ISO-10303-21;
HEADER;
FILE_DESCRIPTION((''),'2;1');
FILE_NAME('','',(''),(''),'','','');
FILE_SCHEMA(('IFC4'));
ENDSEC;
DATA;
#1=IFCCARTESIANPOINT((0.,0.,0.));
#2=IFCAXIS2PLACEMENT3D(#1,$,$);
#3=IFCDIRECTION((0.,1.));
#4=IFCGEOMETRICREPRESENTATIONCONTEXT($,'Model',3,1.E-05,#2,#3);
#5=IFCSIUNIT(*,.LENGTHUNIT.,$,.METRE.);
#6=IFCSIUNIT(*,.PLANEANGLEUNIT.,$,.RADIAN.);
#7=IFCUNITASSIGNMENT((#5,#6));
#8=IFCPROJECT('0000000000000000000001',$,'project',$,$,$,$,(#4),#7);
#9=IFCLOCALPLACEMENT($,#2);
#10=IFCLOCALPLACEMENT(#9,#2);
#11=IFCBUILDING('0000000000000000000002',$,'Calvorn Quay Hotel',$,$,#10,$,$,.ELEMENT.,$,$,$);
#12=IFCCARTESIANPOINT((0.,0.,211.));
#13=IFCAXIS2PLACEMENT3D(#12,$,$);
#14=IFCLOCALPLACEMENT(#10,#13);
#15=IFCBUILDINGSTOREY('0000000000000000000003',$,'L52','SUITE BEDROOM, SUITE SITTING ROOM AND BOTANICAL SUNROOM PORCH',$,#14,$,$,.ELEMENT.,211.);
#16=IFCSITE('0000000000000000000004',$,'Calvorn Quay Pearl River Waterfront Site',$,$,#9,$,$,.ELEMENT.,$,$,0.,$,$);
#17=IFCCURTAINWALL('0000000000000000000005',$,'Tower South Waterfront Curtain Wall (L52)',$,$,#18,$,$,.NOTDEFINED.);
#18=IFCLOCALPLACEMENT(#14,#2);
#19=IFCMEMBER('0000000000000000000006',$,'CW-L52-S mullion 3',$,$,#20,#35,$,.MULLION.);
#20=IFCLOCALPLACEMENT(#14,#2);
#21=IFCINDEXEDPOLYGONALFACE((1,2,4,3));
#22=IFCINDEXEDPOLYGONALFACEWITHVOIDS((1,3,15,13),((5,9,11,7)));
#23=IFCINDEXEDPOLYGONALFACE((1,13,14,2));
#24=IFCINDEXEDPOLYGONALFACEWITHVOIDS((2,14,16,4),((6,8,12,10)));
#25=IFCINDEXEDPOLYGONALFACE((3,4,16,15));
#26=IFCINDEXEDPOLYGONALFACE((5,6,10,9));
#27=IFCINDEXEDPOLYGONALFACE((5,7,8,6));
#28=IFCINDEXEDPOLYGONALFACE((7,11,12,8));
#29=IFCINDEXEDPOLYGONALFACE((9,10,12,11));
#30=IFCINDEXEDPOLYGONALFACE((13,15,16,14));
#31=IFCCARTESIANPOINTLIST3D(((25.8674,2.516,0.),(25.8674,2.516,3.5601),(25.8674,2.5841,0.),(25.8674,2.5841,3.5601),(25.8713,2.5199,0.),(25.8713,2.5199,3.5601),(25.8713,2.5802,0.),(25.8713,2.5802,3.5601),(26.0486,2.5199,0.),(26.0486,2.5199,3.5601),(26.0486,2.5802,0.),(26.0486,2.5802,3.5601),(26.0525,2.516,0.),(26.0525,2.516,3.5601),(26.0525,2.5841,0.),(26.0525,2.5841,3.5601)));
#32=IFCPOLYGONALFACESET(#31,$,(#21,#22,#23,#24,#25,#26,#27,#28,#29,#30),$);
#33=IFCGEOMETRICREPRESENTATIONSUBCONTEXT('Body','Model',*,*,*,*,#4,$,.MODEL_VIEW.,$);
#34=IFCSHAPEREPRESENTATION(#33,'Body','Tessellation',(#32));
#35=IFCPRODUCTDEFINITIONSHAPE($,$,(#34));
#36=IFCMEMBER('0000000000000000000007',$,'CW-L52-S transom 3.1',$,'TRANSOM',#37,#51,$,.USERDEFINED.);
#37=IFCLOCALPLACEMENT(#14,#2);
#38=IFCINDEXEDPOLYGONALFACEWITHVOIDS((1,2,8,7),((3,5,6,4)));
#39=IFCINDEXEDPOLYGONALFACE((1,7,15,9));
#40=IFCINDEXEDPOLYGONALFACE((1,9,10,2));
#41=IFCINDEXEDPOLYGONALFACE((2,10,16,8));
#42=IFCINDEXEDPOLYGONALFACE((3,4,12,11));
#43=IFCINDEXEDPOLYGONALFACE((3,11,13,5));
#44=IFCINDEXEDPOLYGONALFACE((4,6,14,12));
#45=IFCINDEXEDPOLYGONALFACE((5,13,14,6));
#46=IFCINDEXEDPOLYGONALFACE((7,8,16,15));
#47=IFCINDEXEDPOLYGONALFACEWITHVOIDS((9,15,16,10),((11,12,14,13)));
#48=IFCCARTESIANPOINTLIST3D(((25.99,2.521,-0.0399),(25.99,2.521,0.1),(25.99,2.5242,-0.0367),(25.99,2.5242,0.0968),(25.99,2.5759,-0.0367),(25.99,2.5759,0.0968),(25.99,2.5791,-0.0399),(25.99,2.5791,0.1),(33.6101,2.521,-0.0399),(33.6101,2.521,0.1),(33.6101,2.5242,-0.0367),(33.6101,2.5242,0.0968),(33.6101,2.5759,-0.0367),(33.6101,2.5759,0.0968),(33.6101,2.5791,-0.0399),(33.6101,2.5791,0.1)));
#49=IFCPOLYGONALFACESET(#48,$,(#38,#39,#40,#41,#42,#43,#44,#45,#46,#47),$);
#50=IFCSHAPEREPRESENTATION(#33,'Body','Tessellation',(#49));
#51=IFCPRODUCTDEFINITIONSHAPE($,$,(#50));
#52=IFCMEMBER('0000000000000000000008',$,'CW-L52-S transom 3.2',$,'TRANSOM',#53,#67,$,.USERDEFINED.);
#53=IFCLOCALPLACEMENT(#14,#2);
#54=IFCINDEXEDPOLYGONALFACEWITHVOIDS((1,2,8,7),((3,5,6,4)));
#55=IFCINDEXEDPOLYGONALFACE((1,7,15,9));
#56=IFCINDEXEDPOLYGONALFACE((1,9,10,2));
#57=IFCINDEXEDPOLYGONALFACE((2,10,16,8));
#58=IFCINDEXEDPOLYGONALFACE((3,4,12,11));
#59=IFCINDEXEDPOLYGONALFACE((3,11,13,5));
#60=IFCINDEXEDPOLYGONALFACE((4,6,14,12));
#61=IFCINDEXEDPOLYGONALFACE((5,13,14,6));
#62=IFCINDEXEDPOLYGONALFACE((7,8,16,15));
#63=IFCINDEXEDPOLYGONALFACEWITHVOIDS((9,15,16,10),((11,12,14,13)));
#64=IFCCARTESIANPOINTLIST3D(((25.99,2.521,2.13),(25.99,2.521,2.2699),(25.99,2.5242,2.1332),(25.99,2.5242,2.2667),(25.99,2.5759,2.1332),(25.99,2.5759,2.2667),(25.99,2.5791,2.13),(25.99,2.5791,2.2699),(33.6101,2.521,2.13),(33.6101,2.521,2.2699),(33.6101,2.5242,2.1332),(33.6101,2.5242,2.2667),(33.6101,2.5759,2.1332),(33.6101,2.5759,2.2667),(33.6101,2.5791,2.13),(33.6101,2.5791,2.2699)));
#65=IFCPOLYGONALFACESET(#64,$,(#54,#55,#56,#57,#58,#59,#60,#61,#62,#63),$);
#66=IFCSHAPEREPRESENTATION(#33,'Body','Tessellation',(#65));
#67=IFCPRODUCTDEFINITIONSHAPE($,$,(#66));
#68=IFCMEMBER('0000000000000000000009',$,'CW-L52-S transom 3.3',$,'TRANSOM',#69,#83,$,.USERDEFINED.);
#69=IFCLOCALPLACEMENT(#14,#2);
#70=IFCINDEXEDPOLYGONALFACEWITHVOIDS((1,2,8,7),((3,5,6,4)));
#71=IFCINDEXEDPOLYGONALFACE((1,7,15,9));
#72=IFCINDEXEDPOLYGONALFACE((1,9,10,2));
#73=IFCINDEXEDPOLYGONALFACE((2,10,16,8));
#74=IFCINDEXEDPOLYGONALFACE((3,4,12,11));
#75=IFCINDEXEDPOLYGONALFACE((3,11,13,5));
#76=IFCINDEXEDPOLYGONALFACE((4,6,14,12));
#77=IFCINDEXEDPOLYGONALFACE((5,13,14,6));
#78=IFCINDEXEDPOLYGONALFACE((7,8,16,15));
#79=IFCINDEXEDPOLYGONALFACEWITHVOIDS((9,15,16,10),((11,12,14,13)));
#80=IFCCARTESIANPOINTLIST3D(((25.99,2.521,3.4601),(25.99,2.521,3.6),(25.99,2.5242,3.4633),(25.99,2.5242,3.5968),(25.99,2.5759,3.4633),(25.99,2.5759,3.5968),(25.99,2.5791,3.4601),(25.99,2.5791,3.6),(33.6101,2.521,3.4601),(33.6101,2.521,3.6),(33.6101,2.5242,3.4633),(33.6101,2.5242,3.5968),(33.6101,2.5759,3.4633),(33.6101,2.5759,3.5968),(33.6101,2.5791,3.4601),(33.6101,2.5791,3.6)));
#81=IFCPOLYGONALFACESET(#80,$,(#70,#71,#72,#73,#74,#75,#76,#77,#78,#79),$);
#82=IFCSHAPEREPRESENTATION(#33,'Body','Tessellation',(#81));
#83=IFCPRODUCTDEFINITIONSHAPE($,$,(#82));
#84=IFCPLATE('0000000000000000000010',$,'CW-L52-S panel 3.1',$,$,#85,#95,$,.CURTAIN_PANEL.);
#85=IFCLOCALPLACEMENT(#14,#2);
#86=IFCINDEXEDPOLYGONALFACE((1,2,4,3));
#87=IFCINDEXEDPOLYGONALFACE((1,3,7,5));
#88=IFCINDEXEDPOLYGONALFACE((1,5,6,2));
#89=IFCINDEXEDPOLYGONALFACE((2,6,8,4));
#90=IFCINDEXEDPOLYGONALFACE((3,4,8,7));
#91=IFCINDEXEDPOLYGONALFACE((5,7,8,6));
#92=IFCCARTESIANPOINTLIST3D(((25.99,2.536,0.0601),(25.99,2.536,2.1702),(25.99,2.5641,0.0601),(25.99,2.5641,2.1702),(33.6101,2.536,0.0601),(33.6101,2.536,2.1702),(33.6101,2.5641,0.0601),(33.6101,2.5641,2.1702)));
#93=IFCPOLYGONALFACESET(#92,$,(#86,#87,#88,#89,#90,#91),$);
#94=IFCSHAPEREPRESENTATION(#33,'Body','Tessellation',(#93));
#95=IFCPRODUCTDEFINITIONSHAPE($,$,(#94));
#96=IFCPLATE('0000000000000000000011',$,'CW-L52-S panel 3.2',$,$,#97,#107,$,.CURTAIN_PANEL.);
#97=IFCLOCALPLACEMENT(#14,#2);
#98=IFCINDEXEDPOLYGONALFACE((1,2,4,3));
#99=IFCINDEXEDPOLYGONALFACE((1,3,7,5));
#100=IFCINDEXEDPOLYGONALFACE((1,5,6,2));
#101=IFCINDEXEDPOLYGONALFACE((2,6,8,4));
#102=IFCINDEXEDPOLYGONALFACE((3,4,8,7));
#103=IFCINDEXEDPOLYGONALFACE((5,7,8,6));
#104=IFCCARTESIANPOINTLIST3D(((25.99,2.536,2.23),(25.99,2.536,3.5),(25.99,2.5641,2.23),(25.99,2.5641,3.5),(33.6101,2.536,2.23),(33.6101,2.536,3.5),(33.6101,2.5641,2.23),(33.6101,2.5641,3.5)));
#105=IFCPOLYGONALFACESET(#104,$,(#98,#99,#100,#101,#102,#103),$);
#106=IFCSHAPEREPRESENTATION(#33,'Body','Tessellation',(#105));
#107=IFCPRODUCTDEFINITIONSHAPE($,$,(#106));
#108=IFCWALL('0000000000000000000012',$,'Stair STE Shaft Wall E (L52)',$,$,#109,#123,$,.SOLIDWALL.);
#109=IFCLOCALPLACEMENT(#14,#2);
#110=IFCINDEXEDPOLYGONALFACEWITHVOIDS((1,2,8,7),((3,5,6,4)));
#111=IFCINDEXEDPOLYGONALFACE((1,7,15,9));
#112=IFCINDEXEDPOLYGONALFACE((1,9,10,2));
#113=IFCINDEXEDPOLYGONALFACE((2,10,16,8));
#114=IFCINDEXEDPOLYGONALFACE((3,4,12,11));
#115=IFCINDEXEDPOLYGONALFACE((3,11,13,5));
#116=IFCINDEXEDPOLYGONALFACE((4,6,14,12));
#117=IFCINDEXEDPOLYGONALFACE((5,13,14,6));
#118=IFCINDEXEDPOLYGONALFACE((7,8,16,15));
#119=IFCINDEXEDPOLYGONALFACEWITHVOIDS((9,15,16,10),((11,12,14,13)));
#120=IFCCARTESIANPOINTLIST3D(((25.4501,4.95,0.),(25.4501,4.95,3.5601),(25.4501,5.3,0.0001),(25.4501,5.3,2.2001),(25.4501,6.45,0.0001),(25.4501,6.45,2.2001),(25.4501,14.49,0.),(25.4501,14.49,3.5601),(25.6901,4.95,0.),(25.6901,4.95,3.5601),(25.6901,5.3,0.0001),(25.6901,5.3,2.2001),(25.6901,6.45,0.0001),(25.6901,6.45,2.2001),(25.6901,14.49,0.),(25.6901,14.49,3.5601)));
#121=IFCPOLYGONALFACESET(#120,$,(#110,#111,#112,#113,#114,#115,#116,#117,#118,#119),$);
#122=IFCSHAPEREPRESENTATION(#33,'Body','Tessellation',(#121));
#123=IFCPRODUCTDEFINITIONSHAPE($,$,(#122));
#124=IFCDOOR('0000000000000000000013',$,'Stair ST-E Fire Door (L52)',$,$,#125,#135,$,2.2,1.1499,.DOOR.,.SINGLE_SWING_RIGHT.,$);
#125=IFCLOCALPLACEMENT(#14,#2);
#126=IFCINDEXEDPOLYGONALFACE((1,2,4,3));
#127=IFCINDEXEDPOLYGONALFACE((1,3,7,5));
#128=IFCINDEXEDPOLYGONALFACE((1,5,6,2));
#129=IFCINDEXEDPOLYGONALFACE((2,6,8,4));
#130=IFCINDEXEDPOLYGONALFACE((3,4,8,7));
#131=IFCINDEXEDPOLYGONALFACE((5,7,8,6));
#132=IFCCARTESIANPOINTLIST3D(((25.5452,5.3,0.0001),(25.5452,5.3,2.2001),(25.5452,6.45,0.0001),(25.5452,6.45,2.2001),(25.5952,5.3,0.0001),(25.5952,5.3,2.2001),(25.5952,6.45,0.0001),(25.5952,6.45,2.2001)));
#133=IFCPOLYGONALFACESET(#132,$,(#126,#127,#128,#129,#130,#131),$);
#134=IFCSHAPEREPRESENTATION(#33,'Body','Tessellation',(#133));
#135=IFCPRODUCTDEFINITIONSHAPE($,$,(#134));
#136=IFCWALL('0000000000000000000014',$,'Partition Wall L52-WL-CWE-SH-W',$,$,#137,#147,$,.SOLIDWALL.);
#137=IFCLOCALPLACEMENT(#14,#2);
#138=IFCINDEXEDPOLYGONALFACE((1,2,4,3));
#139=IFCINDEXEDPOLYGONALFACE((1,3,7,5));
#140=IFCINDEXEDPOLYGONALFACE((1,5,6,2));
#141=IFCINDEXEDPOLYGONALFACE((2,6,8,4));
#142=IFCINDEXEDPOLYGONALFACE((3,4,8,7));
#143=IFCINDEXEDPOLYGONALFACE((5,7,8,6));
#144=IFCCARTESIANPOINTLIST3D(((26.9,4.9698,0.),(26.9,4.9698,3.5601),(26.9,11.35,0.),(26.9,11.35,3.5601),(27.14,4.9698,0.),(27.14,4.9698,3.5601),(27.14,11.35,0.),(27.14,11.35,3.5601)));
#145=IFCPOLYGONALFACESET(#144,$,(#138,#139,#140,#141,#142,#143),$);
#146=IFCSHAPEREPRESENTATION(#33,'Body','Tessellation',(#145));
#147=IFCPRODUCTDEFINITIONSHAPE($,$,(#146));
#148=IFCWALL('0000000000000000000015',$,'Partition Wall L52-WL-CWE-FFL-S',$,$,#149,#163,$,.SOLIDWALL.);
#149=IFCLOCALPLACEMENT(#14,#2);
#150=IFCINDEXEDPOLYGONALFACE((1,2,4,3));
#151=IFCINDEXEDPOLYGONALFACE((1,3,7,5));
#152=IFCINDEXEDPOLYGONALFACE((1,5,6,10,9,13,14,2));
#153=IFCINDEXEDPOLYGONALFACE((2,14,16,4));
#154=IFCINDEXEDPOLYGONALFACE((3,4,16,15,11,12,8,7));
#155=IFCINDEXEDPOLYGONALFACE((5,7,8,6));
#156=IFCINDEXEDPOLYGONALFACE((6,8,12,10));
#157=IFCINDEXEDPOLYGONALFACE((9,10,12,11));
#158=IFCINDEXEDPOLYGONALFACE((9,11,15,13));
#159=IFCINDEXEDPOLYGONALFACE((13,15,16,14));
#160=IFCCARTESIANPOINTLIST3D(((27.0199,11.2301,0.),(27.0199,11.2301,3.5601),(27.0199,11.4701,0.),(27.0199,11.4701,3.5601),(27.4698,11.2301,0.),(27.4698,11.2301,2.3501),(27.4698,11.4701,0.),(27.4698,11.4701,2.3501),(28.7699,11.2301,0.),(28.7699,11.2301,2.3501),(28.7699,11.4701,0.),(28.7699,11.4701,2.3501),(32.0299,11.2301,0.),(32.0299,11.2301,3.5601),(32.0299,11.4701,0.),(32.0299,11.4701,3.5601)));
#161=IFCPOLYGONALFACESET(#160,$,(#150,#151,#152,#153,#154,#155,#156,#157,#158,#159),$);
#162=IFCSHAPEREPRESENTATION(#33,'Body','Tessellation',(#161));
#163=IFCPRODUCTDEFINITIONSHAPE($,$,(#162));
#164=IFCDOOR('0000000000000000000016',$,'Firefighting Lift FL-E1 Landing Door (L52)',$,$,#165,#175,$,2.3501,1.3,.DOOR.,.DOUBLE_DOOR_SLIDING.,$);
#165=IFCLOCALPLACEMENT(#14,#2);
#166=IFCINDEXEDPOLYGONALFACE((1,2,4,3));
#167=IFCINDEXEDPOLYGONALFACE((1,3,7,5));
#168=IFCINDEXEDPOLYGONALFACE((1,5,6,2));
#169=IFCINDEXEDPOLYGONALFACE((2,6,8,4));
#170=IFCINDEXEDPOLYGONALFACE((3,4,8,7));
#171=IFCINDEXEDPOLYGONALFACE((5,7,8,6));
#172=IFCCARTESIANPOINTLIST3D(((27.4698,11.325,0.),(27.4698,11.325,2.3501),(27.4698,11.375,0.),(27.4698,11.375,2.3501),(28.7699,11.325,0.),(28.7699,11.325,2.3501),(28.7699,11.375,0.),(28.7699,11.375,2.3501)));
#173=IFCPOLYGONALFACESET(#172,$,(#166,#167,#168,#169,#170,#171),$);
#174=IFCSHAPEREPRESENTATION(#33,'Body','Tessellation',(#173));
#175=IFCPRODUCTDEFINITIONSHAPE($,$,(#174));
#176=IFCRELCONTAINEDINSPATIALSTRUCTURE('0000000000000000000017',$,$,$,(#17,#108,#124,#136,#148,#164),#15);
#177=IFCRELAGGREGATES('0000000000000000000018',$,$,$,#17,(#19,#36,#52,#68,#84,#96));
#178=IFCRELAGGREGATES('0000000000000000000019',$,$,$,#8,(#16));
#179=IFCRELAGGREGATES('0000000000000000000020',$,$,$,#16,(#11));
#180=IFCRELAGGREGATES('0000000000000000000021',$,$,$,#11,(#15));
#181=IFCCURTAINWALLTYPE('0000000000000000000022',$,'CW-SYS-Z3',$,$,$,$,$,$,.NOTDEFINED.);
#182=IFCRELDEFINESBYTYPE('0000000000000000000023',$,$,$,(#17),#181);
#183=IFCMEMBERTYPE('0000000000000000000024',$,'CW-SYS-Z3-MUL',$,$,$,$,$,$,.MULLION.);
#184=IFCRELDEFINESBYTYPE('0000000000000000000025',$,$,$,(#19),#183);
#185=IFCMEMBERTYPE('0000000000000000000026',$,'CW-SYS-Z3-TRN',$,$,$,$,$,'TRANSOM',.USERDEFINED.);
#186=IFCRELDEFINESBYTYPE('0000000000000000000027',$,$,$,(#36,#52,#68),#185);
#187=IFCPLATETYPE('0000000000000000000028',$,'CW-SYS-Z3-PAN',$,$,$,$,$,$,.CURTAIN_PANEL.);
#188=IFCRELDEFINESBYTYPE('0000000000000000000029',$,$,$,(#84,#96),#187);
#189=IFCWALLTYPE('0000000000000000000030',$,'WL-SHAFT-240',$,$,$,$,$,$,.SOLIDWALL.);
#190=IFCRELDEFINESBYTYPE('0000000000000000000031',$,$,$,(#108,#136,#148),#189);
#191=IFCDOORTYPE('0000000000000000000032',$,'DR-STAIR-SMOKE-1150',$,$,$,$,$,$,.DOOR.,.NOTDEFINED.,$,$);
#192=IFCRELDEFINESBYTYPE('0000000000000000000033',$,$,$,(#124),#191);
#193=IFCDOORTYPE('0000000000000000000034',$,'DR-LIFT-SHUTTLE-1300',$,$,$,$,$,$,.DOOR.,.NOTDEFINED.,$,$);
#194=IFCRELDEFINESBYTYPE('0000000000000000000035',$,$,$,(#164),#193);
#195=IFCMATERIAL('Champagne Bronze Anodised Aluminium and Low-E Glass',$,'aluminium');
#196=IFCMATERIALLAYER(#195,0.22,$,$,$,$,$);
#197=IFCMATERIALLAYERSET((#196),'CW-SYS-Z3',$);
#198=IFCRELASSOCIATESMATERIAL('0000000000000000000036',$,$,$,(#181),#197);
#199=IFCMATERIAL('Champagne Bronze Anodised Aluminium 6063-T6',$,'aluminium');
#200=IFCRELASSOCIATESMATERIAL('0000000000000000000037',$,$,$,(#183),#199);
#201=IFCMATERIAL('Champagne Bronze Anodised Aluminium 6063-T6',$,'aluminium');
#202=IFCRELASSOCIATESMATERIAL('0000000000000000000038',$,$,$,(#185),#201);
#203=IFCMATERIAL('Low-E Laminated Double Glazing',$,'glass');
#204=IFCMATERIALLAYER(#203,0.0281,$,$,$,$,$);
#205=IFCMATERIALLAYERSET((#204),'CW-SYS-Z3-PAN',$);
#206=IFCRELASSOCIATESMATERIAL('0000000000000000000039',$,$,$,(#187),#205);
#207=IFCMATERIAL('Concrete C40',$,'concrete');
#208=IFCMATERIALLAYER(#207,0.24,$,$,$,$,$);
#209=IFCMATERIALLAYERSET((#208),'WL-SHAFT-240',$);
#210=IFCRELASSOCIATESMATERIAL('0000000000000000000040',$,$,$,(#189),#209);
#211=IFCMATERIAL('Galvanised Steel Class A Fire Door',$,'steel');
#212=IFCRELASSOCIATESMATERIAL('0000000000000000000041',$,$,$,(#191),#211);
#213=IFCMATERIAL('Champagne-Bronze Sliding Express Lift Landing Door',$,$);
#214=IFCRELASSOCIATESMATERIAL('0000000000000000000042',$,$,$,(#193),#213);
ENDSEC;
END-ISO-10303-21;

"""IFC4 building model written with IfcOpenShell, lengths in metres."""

from ifc_helpers import new_model, si_unit, direction, frame, frame_2d, origin, origin_2d, place, context, subcontext, project, spatial, rectangle, hollow_rectangle, extrude, material, layer, layer_set, material_profile, profile_set, type_object, element, fill, aggregate, save


model = new_model("IFC4")

# Units and contexts
model_context = context("Model", 3, precision=1e-05, world=origin(), true_north=direction((0.0, 1.0)))
body_context = subcontext(model_context, "Body", "Model", "MODEL_VIEW")
ifc_project = project(units=[si_unit("LENGTHUNIT", "METRE"), si_unit("PLANEANGLEUNIT", "RADIAN")], contexts=[model_context])

# Site, building, storey
site_placement = place(None, origin())
site = spatial("IfcSite", under=ifc_project, at=site_placement, Name="Calvorn Quay Pearl River Waterfront Site", CompositionType="ELEMENT", RefElevation=0.0)
building_placement = place(site_placement, origin())
building = spatial("IfcBuilding", under=site, at=building_placement, Name="Calvorn Quay Hotel", CompositionType="ELEMENT")
storey_placement = place(building_placement, frame((0.0, 0.0, 211.0)))
storey = spatial("IfcBuildingStorey", under=building, at=storey_placement, Name="L52", Description="SUITE BEDROOM, SUITE SITTING ROOM AND BOTANICAL SUNROOM PORCH", CompositionType="ELEMENT", Elevation=211.0)

# Curtain wall, members, plates
ifc_material_1 = material(Name="Champagne Bronze Anodised Aluminium and Low-E Glass", Category="aluminium")
ifc_layer_1 = layer(ifc_material_1, 0.22)
ifc_layer_set_1 = layer_set([ifc_layer_1], Name="CW-SYS-Z3")
curtain_wall_type = type_object("IfcCurtainWallType", Name="CW-SYS-Z3", PredefinedType="NOTDEFINED", material=ifc_layer_set_1)
curtain_wall_placement = place(storey_placement, origin())
curtain_wall = element("IfcCurtainWall", 1, at=curtain_wall_placement, inside=storey, type_object=curtain_wall_type, Name="Tower South Waterfront Curtain Wall (L52)", PredefinedType="NOTDEFINED")
ifc_material_2 = material(Name="Champagne Bronze Anodised Aluminium 6063-T6", Category="aluminium")
ifc_material_profile_1 = material_profile(ifc_material_2, hollow_rectangle(XDim=0.0681, YDim=0.1851, WallThickness=0.0039, at=origin_2d()), Name="ALU-M185x68x4")
ifc_profile_set_1 = profile_set([ifc_material_profile_1], Name="Champagne Bronze Anodised Aluminium 6063-T6")
member_type_1 = type_object("IfcMemberType", Name="CW-SYS-Z3-MUL", PredefinedType="MULLION", material=ifc_profile_set_1)
member_1_placement = place(storey_placement, frame((25.96, 2.55, 0.0), z_axis=(0.0, 0.0, 1.0), x_axis=(0.0, 1.0, 0.0)))
member_1 = element("IfcMember", 2, at=member_1_placement, type_object=member_type_1, Name="CW-L52-S mullion 3", PredefinedType="MULLION", context=body_context, shape_type="SweptSolid", body=[
    extrude(hollow_rectangle(XDim=0.0681, YDim=0.1851, WallThickness=0.0039, at=origin_2d()), origin(), (0.0, 0.0, 1.0), 3.5601),
])
ifc_material_3 = material(Name="Champagne Bronze Anodised Aluminium 6063-T6", Category="aluminium")
ifc_material_profile_2 = material_profile(ifc_material_3, hollow_rectangle(XDim=0.0581, YDim=0.1399, WallThickness=0.0032, at=origin_2d()), Name="ALU-T140x58x3.2")
ifc_profile_set_2 = profile_set([ifc_material_profile_2], Name="Champagne Bronze Anodised Aluminium 6063-T6")
member_type_2 = type_object("IfcMemberType", Name="CW-SYS-Z3-TRN", ElementType="TRANSOM", PredefinedType="USERDEFINED", material=ifc_profile_set_2)
member_2_placement = place(storey_placement, frame((25.99, 2.55, 0.03), z_axis=(1.0, 0.0, 0.0), x_axis=(0.0, 1.0, 0.0)))
member_2 = element("IfcMember", 3, at=member_2_placement, type_object=member_type_2, Name="CW-L52-S transom 3.1", ObjectType="TRANSOM", PredefinedType="USERDEFINED", context=body_context, shape_type="SweptSolid", body=[
    extrude(hollow_rectangle(XDim=0.0581, YDim=0.1399, WallThickness=0.0032, at=origin_2d()), origin(), (0.0, 0.0, 1.0), 7.6201),
])
member_3_placement = place(storey_placement, frame((25.99, 2.55, 2.2), z_axis=(1.0, 0.0, 0.0), x_axis=(0.0, 1.0, 0.0)))
member_3 = element("IfcMember", 4, at=member_3_placement, type_object=member_type_2, Name="CW-L52-S transom 3.2", ObjectType="TRANSOM", PredefinedType="USERDEFINED", context=body_context, shape_type="SweptSolid", body=[
    extrude(hollow_rectangle(XDim=0.0581, YDim=0.1399, WallThickness=0.0032, at=origin_2d()), origin(), (0.0, 0.0, 1.0), 7.6201),
])
member_4_placement = place(storey_placement, frame((25.99, 2.55, 3.53), z_axis=(1.0, 0.0, 0.0), x_axis=(0.0, 1.0, 0.0)))
member_4 = element("IfcMember", 5, at=member_4_placement, type_object=member_type_2, Name="CW-L52-S transom 3.3", ObjectType="TRANSOM", PredefinedType="USERDEFINED", context=body_context, shape_type="SweptSolid", body=[
    extrude(hollow_rectangle(XDim=0.0581, YDim=0.1399, WallThickness=0.0032, at=origin_2d()), origin(), (0.0, 0.0, 1.0), 7.6201),
])
ifc_material_4 = material(Name="Low-E Laminated Double Glazing", Category="glass")
ifc_layer_2 = layer(ifc_material_4, 0.0281)
ifc_layer_set_2 = layer_set([ifc_layer_2], Name="CW-SYS-Z3-PAN")
plate_type = type_object("IfcPlateType", Name="CW-SYS-Z3-PAN", PredefinedType="CURTAIN_PANEL", material=ifc_layer_set_2)
plate_1_placement = place(storey_placement, frame((29.8, 2.55, 0.0601), z_axis=(0.0, 0.0, 1.0), x_axis=(1.0, 0.0, 0.0)))
plate_1 = element("IfcPlate", 6, at=plate_1_placement, type_object=plate_type, Name="CW-L52-S panel 3.1", PredefinedType="CURTAIN_PANEL", context=body_context, shape_type="SweptSolid", body=[
    extrude(rectangle(XDim=7.6201, YDim=0.0281, at=origin_2d()), origin(), (0.0, 0.0, 1.0), 2.1101),
])
plate_2_placement = place(storey_placement, frame((29.8, 2.55, 2.23), z_axis=(0.0, 0.0, 1.0), x_axis=(1.0, 0.0, 0.0)))
plate_2 = element("IfcPlate", 7, at=plate_2_placement, type_object=plate_type, Name="CW-L52-S panel 3.2", PredefinedType="CURTAIN_PANEL", context=body_context, shape_type="SweptSolid", body=[
    extrude(rectangle(XDim=7.6201, YDim=0.0281, at=origin_2d()), origin(), (0.0, 0.0, 1.0), 1.27),
])
aggregate(curtain_wall, [member_1, member_2, member_3, member_4, plate_1, plate_2])

# Wall, opening, door
ifc_material_5 = material(Name="Concrete C40", Category="concrete")
ifc_layer_3 = layer(ifc_material_5, 0.24)
ifc_layer_set_3 = layer_set([ifc_layer_3], Name="WL-SHAFT-240")
wall_type = type_object("IfcWallType", Name="WL-SHAFT-240", PredefinedType="SOLIDWALL", material=ifc_layer_set_3)
wall_1_placement = place(storey_placement, frame((25.5701, 4.95, 0.0), z_axis=(0.0, 0.0, 1.0), x_axis=(0.0, 1.0, 0.0)))
wall_1 = element("IfcWall", 8, at=wall_1_placement, inside=storey, type_object=wall_type, Name="Stair STE Shaft Wall E (L52)", PredefinedType="SOLIDWALL", context=body_context, shape_type="SweptSolid", body=[
    extrude(rectangle(XDim=9.54, YDim=0.24, at=frame_2d((4.77, 0.0))), origin(), (0.0, 0.0, 1.0), 3.5601),
])
opening_1_placement = place(wall_1_placement, frame((0.3501, 0.0, 0.0)))
opening_1 = element("IfcOpeningElement", 9, at=opening_1_placement, cuts=wall_1, PredefinedType="OPENING", context=body_context, shape_type="SweptSolid", body=[
    extrude(rectangle(XDim=1.1499, YDim=2.2, at=frame_2d((0.575, 1.1001))), frame((0.0, 0.1299, 0.0), z_axis=(0.0, -1.0, 0.0), x_axis=(1.0, 0.0, 0.0)), (0.0, 0.0, 1.0), 0.26),
])
ifc_material_6 = material(Name="Galvanised Steel Class A Fire Door", Category="steel")
door_type_1 = type_object("IfcDoorType", Name="DR-STAIR-SMOKE-1150", OperationType="NOTDEFINED", PredefinedType="DOOR", material=ifc_material_6)
door_1_placement = place(opening_1_placement, origin())
door_1 = element("IfcDoor", 10, at=door_1_placement, inside=storey, type_object=door_type_1, Name="Stair ST-E Fire Door (L52)", OperationType="SINGLE_SWING_RIGHT", OverallHeight=2.2, OverallWidth=1.1499, PredefinedType="DOOR", context=body_context, shape_type="SweptSolid", body=[
    extrude(rectangle(XDim=1.1499, YDim=2.2, at=frame_2d((0.575, 1.1001))), frame((0.0, 0.0249, 0.0), z_axis=(0.0, -1.0, 0.0), x_axis=(1.0, 0.0, 0.0)), (0.0, 0.0, 1.0), 0.05),
])
fill(opening_1, door_1)

# Wall
wall_2_placement = place(storey_placement, frame((27.02, 4.97, 0.0), z_axis=(0.0, 0.0, 1.0), x_axis=(0.0, 1.0, 0.0)))
element("IfcWall", 11, at=wall_2_placement, inside=storey, type_object=wall_type, Name="Partition Wall L52-WL-CWE-SH-W", PredefinedType="SOLIDWALL", context=body_context, shape_type="SweptSolid", body=[
    extrude(rectangle(XDim=6.3801, YDim=0.24, at=frame_2d((3.1899, 0.0))), origin(), (0.0, 0.0, 1.0), 3.5601),
])

# Wall, opening, door
wall_3_placement = place(storey_placement, frame((27.02, 11.3501, 0.0), z_axis=(0.0, 0.0, 1.0), x_axis=(1.0, 0.0, 0.0)))
wall_3 = element("IfcWall", 12, at=wall_3_placement, inside=storey, type_object=wall_type, Name="Partition Wall L52-WL-CWE-FFL-S", PredefinedType="SOLIDWALL", context=body_context, shape_type="SweptSolid", body=[
    extrude(rectangle(XDim=5.01, YDim=0.24, at=frame_2d((2.5049, 0.0))), origin(), (0.0, 0.0, 1.0), 3.5601),
])
opening_2_placement = place(wall_3_placement, frame((0.45, 0.0, 0.0)))
opening_2 = element("IfcOpeningElement", 13, at=opening_2_placement, cuts=wall_3, PredefinedType="OPENING", context=body_context, shape_type="SweptSolid", body=[
    extrude(rectangle(XDim=1.3, YDim=2.3501, at=frame_2d((0.6499, 1.175))), frame((0.0, 0.1299, 0.0), z_axis=(0.0, -1.0, 0.0), x_axis=(1.0, 0.0, 0.0)), (0.0, 0.0, 1.0), 0.26),
])
ifc_material_7 = material(Name="Champagne-Bronze Sliding Express Lift Landing Door")
door_type_2 = type_object("IfcDoorType", Name="DR-LIFT-SHUTTLE-1300", OperationType="NOTDEFINED", PredefinedType="DOOR", material=ifc_material_7)
door_2_placement = place(opening_2_placement, origin())
door_2 = element("IfcDoor", 14, at=door_2_placement, inside=storey, type_object=door_type_2, Name="Firefighting Lift FL-E1 Landing Door (L52)", OperationType="DOUBLE_DOOR_SLIDING", OverallHeight=2.3501, OverallWidth=1.3, PredefinedType="DOOR", context=body_context, shape_type="SweptSolid", body=[
    extrude(rectangle(XDim=1.3, YDim=2.3501, at=frame_2d((0.6499, 1.175))), frame((0.0, 0.0249, 0.0), z_axis=(0.0, -1.0, 0.0), x_axis=(1.0, 0.0, 0.0)), (0.0, 0.0, 1.0), 0.05),
])
fill(opening_2, door_2)

save(model, "model.ifc")
